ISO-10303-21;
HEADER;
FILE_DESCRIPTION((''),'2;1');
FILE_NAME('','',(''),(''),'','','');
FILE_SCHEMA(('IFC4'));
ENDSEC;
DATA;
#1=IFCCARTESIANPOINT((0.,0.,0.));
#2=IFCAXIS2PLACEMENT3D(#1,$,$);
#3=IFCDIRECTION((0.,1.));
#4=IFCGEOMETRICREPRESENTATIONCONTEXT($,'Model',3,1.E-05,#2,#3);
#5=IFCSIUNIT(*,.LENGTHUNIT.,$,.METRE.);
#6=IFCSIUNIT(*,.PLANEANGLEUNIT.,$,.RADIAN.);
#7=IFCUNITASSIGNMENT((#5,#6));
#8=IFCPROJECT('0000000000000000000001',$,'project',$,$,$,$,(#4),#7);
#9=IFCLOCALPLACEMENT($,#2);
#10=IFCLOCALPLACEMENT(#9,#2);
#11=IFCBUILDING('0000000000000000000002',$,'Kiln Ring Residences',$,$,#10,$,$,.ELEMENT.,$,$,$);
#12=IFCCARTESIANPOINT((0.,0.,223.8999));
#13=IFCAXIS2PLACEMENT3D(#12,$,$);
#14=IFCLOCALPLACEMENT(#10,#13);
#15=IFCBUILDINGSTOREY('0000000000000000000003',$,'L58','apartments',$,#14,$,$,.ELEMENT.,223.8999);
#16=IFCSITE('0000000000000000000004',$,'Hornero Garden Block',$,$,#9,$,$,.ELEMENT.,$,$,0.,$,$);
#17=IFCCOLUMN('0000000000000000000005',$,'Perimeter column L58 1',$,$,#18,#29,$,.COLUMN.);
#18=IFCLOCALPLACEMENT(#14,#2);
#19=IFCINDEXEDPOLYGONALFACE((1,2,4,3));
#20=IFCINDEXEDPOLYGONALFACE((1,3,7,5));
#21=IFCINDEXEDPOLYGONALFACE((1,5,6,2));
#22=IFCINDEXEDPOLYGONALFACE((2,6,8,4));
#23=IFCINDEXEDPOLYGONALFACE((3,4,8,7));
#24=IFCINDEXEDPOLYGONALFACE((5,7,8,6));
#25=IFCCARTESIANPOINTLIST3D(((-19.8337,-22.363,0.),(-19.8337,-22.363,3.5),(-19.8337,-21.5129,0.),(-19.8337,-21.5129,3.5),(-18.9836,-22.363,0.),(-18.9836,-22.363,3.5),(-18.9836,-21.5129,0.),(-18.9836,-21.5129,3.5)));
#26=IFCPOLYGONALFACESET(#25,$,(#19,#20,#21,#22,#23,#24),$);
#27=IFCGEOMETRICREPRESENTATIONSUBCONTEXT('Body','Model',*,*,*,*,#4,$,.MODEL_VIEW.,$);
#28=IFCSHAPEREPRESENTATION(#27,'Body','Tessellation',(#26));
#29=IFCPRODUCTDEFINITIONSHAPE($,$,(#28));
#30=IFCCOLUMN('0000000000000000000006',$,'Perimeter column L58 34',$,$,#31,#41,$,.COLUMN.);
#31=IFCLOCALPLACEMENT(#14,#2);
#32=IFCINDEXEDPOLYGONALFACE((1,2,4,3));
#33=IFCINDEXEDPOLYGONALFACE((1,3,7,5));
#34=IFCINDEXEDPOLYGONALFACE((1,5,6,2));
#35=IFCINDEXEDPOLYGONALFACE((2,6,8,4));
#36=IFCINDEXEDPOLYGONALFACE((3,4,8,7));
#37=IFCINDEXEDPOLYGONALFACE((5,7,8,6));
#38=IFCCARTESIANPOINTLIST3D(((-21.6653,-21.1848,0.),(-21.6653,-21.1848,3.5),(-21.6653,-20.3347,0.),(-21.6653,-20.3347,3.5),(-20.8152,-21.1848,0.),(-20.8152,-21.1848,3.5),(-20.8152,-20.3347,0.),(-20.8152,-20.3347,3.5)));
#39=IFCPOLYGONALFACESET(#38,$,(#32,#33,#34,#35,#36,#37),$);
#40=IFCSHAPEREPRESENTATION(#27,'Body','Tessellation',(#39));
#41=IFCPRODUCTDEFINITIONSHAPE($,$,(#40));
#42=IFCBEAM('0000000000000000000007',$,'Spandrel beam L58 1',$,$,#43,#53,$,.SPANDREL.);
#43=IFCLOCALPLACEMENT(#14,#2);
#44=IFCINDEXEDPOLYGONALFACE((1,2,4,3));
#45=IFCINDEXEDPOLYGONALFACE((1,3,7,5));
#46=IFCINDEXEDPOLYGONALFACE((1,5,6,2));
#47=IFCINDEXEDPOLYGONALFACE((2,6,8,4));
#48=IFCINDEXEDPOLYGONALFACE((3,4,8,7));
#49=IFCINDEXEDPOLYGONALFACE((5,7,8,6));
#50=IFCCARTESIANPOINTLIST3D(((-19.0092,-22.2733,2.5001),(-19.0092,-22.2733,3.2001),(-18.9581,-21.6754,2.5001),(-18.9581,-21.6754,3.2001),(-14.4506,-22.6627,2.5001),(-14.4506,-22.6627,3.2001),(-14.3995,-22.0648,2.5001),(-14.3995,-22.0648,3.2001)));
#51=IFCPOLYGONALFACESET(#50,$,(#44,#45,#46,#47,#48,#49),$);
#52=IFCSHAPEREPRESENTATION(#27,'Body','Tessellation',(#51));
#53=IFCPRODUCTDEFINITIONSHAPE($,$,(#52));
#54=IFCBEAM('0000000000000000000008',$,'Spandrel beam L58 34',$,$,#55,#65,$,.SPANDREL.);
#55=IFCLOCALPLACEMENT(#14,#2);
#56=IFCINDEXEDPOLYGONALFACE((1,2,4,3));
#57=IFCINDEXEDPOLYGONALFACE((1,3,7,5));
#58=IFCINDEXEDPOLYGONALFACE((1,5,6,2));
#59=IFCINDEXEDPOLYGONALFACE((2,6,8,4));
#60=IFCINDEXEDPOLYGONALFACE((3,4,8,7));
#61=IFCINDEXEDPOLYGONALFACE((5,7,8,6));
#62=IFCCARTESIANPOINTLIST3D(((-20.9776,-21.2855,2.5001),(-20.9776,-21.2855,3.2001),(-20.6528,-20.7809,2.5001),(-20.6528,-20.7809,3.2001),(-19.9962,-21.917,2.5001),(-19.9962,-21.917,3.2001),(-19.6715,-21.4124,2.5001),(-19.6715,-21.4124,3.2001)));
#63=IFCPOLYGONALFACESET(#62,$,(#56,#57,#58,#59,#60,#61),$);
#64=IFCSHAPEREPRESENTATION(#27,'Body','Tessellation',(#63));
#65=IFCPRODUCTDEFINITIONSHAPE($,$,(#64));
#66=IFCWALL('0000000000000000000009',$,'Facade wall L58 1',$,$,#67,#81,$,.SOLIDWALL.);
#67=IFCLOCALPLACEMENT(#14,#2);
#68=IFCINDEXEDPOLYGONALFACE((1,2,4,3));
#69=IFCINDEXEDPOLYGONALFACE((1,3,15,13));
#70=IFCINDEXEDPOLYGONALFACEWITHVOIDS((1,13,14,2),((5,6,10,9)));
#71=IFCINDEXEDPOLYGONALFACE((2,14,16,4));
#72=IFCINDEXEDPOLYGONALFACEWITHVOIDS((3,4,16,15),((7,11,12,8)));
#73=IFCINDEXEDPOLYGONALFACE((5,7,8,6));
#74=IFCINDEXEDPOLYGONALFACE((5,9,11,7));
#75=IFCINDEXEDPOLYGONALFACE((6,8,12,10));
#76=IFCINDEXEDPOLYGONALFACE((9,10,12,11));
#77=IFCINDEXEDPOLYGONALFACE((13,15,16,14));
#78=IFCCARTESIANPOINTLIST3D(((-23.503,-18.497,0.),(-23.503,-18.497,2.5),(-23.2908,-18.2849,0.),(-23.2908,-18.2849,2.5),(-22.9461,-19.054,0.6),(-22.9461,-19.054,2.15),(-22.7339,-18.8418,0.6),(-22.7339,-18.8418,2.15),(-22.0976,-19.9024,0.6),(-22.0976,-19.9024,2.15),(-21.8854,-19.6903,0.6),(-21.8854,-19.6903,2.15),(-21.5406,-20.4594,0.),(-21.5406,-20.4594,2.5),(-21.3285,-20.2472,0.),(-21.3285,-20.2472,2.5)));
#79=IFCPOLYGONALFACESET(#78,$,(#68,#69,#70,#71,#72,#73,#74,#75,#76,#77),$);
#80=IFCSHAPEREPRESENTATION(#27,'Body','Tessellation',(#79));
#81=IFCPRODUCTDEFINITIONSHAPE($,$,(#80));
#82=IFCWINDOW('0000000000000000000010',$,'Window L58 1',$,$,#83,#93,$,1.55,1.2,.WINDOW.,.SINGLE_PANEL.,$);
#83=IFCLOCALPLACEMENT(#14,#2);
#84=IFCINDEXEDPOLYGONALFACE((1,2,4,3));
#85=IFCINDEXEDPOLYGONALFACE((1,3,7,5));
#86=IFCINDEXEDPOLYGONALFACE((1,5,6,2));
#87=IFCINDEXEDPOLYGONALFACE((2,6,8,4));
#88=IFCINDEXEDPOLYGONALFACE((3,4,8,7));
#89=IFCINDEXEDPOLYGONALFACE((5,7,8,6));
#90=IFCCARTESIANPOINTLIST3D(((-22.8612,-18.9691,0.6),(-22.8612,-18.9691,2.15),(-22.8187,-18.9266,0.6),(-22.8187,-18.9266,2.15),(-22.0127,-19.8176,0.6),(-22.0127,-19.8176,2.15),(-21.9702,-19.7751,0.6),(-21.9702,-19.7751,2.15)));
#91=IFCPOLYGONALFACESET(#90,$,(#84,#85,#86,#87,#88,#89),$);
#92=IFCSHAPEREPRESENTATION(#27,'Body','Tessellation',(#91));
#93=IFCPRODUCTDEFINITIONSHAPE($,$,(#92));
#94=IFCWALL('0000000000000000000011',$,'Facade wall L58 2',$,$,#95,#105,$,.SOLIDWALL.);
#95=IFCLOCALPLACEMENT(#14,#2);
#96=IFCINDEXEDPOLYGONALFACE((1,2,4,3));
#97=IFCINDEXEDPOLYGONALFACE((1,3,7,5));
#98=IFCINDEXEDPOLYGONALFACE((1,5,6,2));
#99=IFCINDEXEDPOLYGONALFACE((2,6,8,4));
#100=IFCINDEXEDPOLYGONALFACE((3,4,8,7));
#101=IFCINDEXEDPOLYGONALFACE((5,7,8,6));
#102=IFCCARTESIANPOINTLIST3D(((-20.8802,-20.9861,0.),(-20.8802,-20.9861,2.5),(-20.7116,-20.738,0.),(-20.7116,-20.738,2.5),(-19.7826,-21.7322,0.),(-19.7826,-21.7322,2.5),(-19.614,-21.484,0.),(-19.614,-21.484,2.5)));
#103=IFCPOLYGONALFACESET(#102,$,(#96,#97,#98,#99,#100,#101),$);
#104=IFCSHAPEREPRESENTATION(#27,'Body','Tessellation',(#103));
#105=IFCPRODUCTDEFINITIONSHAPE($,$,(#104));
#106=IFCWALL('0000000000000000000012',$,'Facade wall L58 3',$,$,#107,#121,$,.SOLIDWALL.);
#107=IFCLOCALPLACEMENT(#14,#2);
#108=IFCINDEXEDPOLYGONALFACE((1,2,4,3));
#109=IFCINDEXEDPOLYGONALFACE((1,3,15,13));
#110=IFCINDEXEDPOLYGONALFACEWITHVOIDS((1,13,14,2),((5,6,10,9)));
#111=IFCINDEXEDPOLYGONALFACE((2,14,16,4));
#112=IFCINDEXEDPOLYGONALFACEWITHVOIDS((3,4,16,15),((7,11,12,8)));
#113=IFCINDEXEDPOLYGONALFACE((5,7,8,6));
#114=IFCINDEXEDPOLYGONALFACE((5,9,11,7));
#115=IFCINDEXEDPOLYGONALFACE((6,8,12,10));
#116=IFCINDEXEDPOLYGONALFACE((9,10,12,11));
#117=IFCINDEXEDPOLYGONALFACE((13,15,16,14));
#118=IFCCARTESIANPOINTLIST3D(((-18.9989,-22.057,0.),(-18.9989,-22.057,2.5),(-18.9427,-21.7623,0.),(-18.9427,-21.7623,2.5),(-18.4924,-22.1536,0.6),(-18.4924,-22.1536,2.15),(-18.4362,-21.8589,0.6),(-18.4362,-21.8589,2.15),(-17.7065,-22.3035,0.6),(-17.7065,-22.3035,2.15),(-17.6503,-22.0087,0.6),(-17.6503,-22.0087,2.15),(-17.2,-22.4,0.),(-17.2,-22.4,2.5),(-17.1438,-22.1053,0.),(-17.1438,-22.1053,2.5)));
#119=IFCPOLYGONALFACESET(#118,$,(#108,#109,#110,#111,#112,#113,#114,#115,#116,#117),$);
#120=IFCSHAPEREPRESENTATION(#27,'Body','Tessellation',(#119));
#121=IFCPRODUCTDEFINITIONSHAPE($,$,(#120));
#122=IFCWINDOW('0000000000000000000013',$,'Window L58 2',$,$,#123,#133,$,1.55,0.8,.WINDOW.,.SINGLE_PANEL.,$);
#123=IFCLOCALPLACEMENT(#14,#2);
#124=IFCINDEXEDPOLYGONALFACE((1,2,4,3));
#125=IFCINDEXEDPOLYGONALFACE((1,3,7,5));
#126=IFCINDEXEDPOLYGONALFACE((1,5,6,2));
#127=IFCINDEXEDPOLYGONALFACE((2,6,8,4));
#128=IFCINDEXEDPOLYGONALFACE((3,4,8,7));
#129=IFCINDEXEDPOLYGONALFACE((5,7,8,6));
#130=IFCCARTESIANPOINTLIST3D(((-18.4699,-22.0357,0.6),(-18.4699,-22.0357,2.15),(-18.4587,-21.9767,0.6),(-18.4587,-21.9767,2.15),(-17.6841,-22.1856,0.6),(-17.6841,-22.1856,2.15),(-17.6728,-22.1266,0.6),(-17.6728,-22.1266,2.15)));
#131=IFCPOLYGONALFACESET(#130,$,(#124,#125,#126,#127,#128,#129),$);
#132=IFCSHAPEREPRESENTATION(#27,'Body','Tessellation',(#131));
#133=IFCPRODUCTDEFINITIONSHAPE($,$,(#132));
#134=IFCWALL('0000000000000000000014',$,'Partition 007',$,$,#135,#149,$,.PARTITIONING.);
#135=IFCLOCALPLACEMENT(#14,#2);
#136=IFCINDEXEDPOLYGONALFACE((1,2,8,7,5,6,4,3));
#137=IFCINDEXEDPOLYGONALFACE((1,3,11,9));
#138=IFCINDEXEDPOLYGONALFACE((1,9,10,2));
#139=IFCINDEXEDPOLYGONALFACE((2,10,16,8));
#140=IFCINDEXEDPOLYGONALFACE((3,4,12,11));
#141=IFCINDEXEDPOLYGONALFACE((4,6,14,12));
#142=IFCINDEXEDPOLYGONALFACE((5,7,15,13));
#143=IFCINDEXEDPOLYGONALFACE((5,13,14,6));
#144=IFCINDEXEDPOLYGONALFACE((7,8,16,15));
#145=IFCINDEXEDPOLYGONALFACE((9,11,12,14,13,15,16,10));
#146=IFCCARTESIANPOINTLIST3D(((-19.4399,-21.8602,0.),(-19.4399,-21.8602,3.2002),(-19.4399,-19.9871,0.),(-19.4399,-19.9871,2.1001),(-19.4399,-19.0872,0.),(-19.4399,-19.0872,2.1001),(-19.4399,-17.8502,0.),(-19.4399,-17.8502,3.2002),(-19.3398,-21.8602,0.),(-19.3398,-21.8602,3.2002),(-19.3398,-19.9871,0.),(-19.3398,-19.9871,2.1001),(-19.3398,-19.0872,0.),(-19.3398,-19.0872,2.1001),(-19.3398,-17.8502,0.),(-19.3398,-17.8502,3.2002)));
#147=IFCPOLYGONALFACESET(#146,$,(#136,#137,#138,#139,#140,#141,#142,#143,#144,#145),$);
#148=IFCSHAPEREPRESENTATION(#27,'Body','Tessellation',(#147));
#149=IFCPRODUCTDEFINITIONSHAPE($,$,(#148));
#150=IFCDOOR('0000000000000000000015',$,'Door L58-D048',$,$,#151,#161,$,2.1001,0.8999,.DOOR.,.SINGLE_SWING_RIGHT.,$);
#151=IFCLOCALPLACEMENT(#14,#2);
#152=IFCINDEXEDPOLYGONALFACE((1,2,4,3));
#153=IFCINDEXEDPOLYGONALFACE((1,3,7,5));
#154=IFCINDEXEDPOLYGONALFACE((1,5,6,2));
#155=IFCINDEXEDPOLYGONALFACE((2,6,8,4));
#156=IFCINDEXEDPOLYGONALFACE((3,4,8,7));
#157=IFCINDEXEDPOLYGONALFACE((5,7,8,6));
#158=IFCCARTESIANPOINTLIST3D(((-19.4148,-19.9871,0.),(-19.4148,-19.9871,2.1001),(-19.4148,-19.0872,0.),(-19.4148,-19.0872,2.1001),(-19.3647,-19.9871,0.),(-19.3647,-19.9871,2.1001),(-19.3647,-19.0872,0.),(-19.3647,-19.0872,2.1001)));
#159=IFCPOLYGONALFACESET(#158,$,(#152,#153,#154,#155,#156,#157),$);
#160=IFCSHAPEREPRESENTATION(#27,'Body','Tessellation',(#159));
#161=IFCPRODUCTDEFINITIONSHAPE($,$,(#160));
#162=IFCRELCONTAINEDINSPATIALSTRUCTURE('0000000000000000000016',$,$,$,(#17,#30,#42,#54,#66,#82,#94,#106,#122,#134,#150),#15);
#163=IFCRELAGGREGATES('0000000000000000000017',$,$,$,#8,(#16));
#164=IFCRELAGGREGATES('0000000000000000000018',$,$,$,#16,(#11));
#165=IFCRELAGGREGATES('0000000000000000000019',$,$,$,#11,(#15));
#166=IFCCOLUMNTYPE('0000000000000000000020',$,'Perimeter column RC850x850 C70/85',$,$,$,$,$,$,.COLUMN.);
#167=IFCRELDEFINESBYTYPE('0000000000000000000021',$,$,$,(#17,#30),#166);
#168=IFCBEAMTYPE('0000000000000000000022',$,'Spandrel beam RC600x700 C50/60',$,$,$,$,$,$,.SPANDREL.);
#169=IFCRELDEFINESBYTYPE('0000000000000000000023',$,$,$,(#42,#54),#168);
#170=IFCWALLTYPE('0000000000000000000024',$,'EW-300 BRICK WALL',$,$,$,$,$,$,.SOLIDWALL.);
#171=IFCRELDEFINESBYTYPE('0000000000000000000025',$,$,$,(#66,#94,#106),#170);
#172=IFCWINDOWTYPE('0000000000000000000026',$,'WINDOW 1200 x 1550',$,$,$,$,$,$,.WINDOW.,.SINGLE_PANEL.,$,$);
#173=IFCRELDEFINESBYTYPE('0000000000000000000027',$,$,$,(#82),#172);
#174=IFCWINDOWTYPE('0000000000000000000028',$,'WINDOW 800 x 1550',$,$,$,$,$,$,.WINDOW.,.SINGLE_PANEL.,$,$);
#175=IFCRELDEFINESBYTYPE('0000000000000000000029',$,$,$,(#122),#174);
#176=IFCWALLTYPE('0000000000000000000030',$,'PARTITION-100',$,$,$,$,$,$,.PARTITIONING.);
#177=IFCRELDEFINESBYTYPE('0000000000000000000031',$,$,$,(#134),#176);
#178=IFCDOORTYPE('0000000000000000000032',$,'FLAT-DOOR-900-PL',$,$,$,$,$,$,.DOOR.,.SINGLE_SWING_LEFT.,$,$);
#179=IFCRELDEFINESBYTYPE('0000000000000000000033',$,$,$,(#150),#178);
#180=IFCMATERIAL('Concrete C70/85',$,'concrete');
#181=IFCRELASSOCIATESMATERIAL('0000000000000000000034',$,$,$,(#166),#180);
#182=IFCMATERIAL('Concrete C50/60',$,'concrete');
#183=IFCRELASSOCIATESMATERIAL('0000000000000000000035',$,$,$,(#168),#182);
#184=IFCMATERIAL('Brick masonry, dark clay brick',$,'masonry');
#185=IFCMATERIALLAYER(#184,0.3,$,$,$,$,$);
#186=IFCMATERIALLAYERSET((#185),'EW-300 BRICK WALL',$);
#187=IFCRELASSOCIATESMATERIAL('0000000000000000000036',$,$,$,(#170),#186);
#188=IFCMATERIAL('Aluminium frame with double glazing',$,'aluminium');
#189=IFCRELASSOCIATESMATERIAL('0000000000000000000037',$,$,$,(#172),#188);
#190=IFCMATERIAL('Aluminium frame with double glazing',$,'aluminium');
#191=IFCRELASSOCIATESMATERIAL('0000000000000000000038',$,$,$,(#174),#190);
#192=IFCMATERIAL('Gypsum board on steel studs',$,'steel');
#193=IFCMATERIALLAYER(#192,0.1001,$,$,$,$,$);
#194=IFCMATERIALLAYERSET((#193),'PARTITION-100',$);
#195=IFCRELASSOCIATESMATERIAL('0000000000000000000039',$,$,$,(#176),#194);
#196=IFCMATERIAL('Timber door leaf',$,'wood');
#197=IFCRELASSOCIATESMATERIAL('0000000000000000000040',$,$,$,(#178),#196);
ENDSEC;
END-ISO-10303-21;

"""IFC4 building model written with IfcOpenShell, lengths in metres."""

from ifc_helpers import new_model, si_unit, direction, frame, frame_2d, origin, origin_2d, place, context, subcontext, project, spatial, rectangle, extrude, material, layer, layer_set, material_profile, profile_set, type_object, element, fill, save


model = new_model("IFC4")

# Units and contexts
model_context = context("Model", 3, precision=1e-05, world=origin(), true_north=direction((0.0, 1.0)))
body_context = subcontext(model_context, "Body", "Model", "MODEL_VIEW")
ifc_project = project(units=[si_unit("LENGTHUNIT", "METRE"), si_unit("PLANEANGLEUNIT", "RADIAN")], contexts=[model_context])

# Site, building, storey
site_placement = place(None, origin())
site = spatial("IfcSite", under=ifc_project, at=site_placement, Name="Hornero Garden Block", CompositionType="ELEMENT", RefElevation=0.0)
building_placement = place(site_placement, origin())
building = spatial("IfcBuilding", under=site, at=building_placement, Name="Kiln Ring Residences", CompositionType="ELEMENT")
storey_placement = place(building_placement, frame((0.0, 0.0, 223.8999)))
storey = spatial("IfcBuildingStorey", under=building, at=storey_placement, Name="L58", Description="apartments", CompositionType="ELEMENT", Elevation=223.8999)

# Columns
ifc_material_1 = material(Name="Concrete C70/85", Category="concrete")
ifc_material_profile_1 = material_profile(ifc_material_1, rectangle(XDim=0.8501, YDim=0.8501, at=origin_2d()), Name="RC850x850")
ifc_profile_set_1 = profile_set([ifc_material_profile_1], Name="Concrete C70/85")
column_type = type_object("IfcColumnType", Name="Perimeter column RC850x850 C70/85", PredefinedType="COLUMN", material=ifc_profile_set_1)
for number, where, z_axis, x_axis, name in (
    (1, (-19.4087, -21.938, 0.0), (0.0, 0.0, 1.0), (1.0, 0.0, 0.0), "Perimeter column L58 1"),
    (2, (-21.2402, -20.7598, 0.0), (0.0, 0.0, 1.0), (1.0, 0.0, 0.0), "Perimeter column L58 34"),
):
    element("IfcColumn", number, at=place(storey_placement, frame(where, z_axis=z_axis, x_axis=x_axis)), inside=storey, type_object=column_type, Name=name, PredefinedType="COLUMN", context=body_context, shape_type="SweptSolid", body=[
        extrude(rectangle(XDim=0.8501, YDim=0.8501, at=origin_2d()), origin(), (0.0, 0.0, 1.0), 3.5),
    ])

# Beams
ifc_material_2 = material(Name="Concrete C50/60", Category="concrete")
ifc_material_profile_2 = material_profile(ifc_material_2, rectangle(XDim=0.6001, YDim=0.7, at=origin_2d()), Name="RC600x700")
ifc_profile_set_2 = profile_set([ifc_material_profile_2], Name="Concrete C50/60")
beam_type = type_object("IfcBeamType", Name="Spandrel beam RC600x700 C50/60", PredefinedType="SPANDREL", material=ifc_profile_set_2)
beam_1_placement = place(storey_placement, frame((-18.9836, -21.9744, 2.8501), z_axis=(0.996371, -0.085112, 0.0), x_axis=(0.085112, 0.996371, 0.0)))
element("IfcBeam", 3, at=beam_1_placement, inside=storey, type_object=beam_type, Name="Spandrel beam L58 1", PredefinedType="SPANDREL", context=body_context, shape_type="SweptSolid", body=[
    extrude(rectangle(XDim=0.6001, YDim=0.7, at=origin_2d()), origin(), (0.0, 0.0, 1.0), 4.5752),
])
beam_2_placement = place(storey_placement, frame((-20.8152, -21.0332, 2.8501), z_axis=(0.84092, -0.541159, 0.0), x_axis=(0.541159, 0.84092, 0.0)))
element("IfcBeam", 4, at=beam_2_placement, inside=storey, type_object=beam_type, Name="Spandrel beam L58 34", PredefinedType="SPANDREL", context=body_context, shape_type="SweptSolid", body=[
    extrude(rectangle(XDim=0.6001, YDim=0.7, at=origin_2d()), origin(), (0.0, 0.0, 1.0), 1.167),
])

# Wall, opening, window
ifc_material_3 = material(Name="Brick masonry, dark clay brick", Category="masonry")
ifc_layer_1 = layer(ifc_material_3, 0.3)
ifc_layer_set_1 = layer_set([ifc_layer_1], Name="EW-300 BRICK WALL")
wall_type_1 = type_object("IfcWallType", Name="EW-300 BRICK WALL", PredefinedType="SOLIDWALL", material=ifc_layer_set_1)
wall_1_placement = place(storey_placement, frame((-23.397, -18.3909, 0.0), z_axis=(0.0, 0.0, 1.0), x_axis=(0.707107, -0.707107, 0.0)))
wall_1 = element("IfcWall", 5, at=wall_1_placement, inside=storey, type_object=wall_type_1, Name="Facade wall L58 1", PredefinedType="SOLIDWALL", context=body_context, shape_type="SweptSolid", body=[
    extrude(rectangle(XDim=2.7751, YDim=0.3, at=frame_2d((1.3877, 0.0))), origin(), (0.0, 0.0, 1.0), 2.5),
])
opening_1_placement = place(wall_1_placement, frame((0.7876, 0.0, 0.6001)))
opening_1 = element("IfcOpeningElement", 6, at=opening_1_placement, cuts=wall_1, PredefinedType="OPENING", context=body_context, shape_type="SweptSolid", body=[
    extrude(rectangle(XDim=1.2, YDim=1.55, at=frame_2d((0.6001, 0.7749))), frame((0.0, 0.1599, 0.0), z_axis=(0.0, -1.0, 0.0), x_axis=(1.0, 0.0, 0.0)), (0.0, 0.0, 1.0), 0.3201),
])
ifc_material_4 = material(Name="Aluminium frame with double glazing", Category="aluminium")
window_type_1 = type_object("IfcWindowType", Name="WINDOW 1200 x 1550", PartitioningType="SINGLE_PANEL", PredefinedType="WINDOW", material=ifc_material_4)
window_1_placement = place(opening_1_placement, origin())
window_1 = element("IfcWindow", 7, at=window_1_placement, inside=storey, type_object=window_type_1, Name="Window L58 1", OverallHeight=1.55, OverallWidth=1.2, PartitioningType="SINGLE_PANEL", PredefinedType="WINDOW", context=body_context, shape_type="SweptSolid", body=[
    extrude(rectangle(XDim=1.2, YDim=1.55, at=frame_2d((0.6001, 0.7749))), frame((0.0, 0.03, 0.0), z_axis=(0.0, -1.0, 0.0), x_axis=(1.0, 0.0, 0.0)), (0.0, 0.0, 1.0), 0.0601),
])
fill(opening_1, window_1)

# Wall
wall_2_placement = place(storey_placement, frame((-20.7959, -20.8621, 0.0), z_axis=(0.0, 0.0, 1.0), x_axis=(0.827036, -0.562149, 0.0)))
element("IfcWall", 8, at=wall_2_placement, inside=storey, type_object=wall_type_1, Name="Facade wall L58 2", PredefinedType="SOLIDWALL", context=body_context, shape_type="SweptSolid", body=[
    extrude(rectangle(XDim=1.3271, YDim=0.3, at=frame_2d((0.6636, 0.0))), origin(), (0.0, 0.0, 1.0), 2.5),
])

# Wall, opening, window
wall_3_placement = place(storey_placement, frame((-18.9707, -21.9097, 0.0), z_axis=(0.0, 0.0, 1.0), x_axis=(0.9823, -0.187314, 0.0)))
wall_3 = element("IfcWall", 9, at=wall_3_placement, inside=storey, type_object=wall_type_1, Name="Facade wall L58 3", PredefinedType="SOLIDWALL", context=body_context, shape_type="SweptSolid", body=[
    extrude(rectangle(XDim=1.8313, YDim=0.3, at=frame_2d((0.9155, 0.0))), origin(), (0.0, 0.0, 1.0), 2.5),
])
opening_2_placement = place(wall_3_placement, frame((0.5156, 0.0, 0.6001)))
opening_2 = element("IfcOpeningElement", 10, at=opening_2_placement, cuts=wall_3, PredefinedType="OPENING", context=body_context, shape_type="SweptSolid", body=[
    extrude(rectangle(XDim=0.8, YDim=1.55, at=frame_2d((0.3999, 0.7749))), frame((0.0, 0.1599, 0.0), z_axis=(0.0, -1.0, 0.0), x_axis=(1.0, 0.0, 0.0)), (0.0, 0.0, 1.0), 0.3201),
])
ifc_material_5 = material(Name="Aluminium frame with double glazing", Category="aluminium")
window_type_2 = type_object("IfcWindowType", Name="WINDOW 800 x 1550", PartitioningType="SINGLE_PANEL", PredefinedType="WINDOW", material=ifc_material_5)
window_2_placement = place(opening_2_placement, origin())
window_2 = element("IfcWindow", 11, at=window_2_placement, inside=storey, type_object=window_type_2, Name="Window L58 2", OverallHeight=1.55, OverallWidth=0.8, PartitioningType="SINGLE_PANEL", PredefinedType="WINDOW", context=body_context, shape_type="SweptSolid", body=[
    extrude(rectangle(XDim=0.8, YDim=1.55, at=frame_2d((0.3999, 0.7749))), frame((0.0, 0.03, 0.0), z_axis=(0.0, -1.0, 0.0), x_axis=(1.0, 0.0, 0.0)), (0.0, 0.0, 1.0), 0.0601),
])
fill(opening_2, window_2)

# Shared definitions
ifc_material_6 = material(Name="Gypsum board on steel studs", Category="steel")
ifc_layer_2 = layer(ifc_material_6, 0.1001)
ifc_layer_set_2 = layer_set([ifc_layer_2], Name="PARTITION-100")
wall_type_2 = type_object("IfcWallType", Name="PARTITION-100", PredefinedType="PARTITIONING", material=ifc_layer_set_2)
ifc_material_7 = material(Name="Timber door leaf", Category="wood")
door_type_1 = type_object("IfcDoorType", Name="FLAT-DOOR-900-PL", OperationType="SINGLE_SWING_LEFT", PredefinedType="DOOR", material=ifc_material_7)

# Wall, opening, door
wall_4_placement = place(storey_placement, frame((-19.3899, -21.8601, 0.0), z_axis=(0.0, 0.0, 1.0), x_axis=(0.0, 1.0, 0.0)))
wall_4 = element("IfcWall", 12, at=wall_4_placement, inside=storey, type_object=wall_type_2, Name="Partition 007", PredefinedType="PARTITIONING", context=body_context, shape_type="SweptSolid", body=[
    extrude(rectangle(XDim=4.01, YDim=0.1001, at=frame_2d((2.0049, 0.0))), origin(), (0.0, 0.0, 1.0), 3.2002),
])
opening_3_placement = place(wall_4_placement, frame((1.873, 0.0, 0.0)))
opening_3 = element("IfcOpeningElement", 13, at=opening_3_placement, cuts=wall_4, PredefinedType="OPENING", context=body_context, shape_type="SweptSolid", body=[
    extrude(rectangle(XDim=0.8999, YDim=2.1001, at=frame_2d((0.45, 1.05))), frame((0.0, 0.0601, 0.0), z_axis=(0.0, -1.0, 0.0), x_axis=(1.0, 0.0, 0.0)), (0.0, 0.0, 1.0), 0.1201),
])
door_1_placement = place(opening_3_placement, origin())
door_1 = element("IfcDoor", 14, at=door_1_placement, inside=storey, type_object=door_type_1, Name="Door L58-D048", OperationType="SINGLE_SWING_RIGHT", OverallHeight=2.1001, OverallWidth=0.8999, PredefinedType="DOOR", context=body_context, shape_type="SweptSolid", body=[
    extrude(rectangle(XDim=0.8999, YDim=2.1001, at=frame_2d((0.45, 1.05))), frame((0.0, 0.0249, 0.0), z_axis=(0.0, -1.0, 0.0), x_axis=(1.0, 0.0, 0.0)), (0.0, 0.0, 1.0), 0.05),
])
fill(opening_3, door_1)

save(model, "model.ifc")
